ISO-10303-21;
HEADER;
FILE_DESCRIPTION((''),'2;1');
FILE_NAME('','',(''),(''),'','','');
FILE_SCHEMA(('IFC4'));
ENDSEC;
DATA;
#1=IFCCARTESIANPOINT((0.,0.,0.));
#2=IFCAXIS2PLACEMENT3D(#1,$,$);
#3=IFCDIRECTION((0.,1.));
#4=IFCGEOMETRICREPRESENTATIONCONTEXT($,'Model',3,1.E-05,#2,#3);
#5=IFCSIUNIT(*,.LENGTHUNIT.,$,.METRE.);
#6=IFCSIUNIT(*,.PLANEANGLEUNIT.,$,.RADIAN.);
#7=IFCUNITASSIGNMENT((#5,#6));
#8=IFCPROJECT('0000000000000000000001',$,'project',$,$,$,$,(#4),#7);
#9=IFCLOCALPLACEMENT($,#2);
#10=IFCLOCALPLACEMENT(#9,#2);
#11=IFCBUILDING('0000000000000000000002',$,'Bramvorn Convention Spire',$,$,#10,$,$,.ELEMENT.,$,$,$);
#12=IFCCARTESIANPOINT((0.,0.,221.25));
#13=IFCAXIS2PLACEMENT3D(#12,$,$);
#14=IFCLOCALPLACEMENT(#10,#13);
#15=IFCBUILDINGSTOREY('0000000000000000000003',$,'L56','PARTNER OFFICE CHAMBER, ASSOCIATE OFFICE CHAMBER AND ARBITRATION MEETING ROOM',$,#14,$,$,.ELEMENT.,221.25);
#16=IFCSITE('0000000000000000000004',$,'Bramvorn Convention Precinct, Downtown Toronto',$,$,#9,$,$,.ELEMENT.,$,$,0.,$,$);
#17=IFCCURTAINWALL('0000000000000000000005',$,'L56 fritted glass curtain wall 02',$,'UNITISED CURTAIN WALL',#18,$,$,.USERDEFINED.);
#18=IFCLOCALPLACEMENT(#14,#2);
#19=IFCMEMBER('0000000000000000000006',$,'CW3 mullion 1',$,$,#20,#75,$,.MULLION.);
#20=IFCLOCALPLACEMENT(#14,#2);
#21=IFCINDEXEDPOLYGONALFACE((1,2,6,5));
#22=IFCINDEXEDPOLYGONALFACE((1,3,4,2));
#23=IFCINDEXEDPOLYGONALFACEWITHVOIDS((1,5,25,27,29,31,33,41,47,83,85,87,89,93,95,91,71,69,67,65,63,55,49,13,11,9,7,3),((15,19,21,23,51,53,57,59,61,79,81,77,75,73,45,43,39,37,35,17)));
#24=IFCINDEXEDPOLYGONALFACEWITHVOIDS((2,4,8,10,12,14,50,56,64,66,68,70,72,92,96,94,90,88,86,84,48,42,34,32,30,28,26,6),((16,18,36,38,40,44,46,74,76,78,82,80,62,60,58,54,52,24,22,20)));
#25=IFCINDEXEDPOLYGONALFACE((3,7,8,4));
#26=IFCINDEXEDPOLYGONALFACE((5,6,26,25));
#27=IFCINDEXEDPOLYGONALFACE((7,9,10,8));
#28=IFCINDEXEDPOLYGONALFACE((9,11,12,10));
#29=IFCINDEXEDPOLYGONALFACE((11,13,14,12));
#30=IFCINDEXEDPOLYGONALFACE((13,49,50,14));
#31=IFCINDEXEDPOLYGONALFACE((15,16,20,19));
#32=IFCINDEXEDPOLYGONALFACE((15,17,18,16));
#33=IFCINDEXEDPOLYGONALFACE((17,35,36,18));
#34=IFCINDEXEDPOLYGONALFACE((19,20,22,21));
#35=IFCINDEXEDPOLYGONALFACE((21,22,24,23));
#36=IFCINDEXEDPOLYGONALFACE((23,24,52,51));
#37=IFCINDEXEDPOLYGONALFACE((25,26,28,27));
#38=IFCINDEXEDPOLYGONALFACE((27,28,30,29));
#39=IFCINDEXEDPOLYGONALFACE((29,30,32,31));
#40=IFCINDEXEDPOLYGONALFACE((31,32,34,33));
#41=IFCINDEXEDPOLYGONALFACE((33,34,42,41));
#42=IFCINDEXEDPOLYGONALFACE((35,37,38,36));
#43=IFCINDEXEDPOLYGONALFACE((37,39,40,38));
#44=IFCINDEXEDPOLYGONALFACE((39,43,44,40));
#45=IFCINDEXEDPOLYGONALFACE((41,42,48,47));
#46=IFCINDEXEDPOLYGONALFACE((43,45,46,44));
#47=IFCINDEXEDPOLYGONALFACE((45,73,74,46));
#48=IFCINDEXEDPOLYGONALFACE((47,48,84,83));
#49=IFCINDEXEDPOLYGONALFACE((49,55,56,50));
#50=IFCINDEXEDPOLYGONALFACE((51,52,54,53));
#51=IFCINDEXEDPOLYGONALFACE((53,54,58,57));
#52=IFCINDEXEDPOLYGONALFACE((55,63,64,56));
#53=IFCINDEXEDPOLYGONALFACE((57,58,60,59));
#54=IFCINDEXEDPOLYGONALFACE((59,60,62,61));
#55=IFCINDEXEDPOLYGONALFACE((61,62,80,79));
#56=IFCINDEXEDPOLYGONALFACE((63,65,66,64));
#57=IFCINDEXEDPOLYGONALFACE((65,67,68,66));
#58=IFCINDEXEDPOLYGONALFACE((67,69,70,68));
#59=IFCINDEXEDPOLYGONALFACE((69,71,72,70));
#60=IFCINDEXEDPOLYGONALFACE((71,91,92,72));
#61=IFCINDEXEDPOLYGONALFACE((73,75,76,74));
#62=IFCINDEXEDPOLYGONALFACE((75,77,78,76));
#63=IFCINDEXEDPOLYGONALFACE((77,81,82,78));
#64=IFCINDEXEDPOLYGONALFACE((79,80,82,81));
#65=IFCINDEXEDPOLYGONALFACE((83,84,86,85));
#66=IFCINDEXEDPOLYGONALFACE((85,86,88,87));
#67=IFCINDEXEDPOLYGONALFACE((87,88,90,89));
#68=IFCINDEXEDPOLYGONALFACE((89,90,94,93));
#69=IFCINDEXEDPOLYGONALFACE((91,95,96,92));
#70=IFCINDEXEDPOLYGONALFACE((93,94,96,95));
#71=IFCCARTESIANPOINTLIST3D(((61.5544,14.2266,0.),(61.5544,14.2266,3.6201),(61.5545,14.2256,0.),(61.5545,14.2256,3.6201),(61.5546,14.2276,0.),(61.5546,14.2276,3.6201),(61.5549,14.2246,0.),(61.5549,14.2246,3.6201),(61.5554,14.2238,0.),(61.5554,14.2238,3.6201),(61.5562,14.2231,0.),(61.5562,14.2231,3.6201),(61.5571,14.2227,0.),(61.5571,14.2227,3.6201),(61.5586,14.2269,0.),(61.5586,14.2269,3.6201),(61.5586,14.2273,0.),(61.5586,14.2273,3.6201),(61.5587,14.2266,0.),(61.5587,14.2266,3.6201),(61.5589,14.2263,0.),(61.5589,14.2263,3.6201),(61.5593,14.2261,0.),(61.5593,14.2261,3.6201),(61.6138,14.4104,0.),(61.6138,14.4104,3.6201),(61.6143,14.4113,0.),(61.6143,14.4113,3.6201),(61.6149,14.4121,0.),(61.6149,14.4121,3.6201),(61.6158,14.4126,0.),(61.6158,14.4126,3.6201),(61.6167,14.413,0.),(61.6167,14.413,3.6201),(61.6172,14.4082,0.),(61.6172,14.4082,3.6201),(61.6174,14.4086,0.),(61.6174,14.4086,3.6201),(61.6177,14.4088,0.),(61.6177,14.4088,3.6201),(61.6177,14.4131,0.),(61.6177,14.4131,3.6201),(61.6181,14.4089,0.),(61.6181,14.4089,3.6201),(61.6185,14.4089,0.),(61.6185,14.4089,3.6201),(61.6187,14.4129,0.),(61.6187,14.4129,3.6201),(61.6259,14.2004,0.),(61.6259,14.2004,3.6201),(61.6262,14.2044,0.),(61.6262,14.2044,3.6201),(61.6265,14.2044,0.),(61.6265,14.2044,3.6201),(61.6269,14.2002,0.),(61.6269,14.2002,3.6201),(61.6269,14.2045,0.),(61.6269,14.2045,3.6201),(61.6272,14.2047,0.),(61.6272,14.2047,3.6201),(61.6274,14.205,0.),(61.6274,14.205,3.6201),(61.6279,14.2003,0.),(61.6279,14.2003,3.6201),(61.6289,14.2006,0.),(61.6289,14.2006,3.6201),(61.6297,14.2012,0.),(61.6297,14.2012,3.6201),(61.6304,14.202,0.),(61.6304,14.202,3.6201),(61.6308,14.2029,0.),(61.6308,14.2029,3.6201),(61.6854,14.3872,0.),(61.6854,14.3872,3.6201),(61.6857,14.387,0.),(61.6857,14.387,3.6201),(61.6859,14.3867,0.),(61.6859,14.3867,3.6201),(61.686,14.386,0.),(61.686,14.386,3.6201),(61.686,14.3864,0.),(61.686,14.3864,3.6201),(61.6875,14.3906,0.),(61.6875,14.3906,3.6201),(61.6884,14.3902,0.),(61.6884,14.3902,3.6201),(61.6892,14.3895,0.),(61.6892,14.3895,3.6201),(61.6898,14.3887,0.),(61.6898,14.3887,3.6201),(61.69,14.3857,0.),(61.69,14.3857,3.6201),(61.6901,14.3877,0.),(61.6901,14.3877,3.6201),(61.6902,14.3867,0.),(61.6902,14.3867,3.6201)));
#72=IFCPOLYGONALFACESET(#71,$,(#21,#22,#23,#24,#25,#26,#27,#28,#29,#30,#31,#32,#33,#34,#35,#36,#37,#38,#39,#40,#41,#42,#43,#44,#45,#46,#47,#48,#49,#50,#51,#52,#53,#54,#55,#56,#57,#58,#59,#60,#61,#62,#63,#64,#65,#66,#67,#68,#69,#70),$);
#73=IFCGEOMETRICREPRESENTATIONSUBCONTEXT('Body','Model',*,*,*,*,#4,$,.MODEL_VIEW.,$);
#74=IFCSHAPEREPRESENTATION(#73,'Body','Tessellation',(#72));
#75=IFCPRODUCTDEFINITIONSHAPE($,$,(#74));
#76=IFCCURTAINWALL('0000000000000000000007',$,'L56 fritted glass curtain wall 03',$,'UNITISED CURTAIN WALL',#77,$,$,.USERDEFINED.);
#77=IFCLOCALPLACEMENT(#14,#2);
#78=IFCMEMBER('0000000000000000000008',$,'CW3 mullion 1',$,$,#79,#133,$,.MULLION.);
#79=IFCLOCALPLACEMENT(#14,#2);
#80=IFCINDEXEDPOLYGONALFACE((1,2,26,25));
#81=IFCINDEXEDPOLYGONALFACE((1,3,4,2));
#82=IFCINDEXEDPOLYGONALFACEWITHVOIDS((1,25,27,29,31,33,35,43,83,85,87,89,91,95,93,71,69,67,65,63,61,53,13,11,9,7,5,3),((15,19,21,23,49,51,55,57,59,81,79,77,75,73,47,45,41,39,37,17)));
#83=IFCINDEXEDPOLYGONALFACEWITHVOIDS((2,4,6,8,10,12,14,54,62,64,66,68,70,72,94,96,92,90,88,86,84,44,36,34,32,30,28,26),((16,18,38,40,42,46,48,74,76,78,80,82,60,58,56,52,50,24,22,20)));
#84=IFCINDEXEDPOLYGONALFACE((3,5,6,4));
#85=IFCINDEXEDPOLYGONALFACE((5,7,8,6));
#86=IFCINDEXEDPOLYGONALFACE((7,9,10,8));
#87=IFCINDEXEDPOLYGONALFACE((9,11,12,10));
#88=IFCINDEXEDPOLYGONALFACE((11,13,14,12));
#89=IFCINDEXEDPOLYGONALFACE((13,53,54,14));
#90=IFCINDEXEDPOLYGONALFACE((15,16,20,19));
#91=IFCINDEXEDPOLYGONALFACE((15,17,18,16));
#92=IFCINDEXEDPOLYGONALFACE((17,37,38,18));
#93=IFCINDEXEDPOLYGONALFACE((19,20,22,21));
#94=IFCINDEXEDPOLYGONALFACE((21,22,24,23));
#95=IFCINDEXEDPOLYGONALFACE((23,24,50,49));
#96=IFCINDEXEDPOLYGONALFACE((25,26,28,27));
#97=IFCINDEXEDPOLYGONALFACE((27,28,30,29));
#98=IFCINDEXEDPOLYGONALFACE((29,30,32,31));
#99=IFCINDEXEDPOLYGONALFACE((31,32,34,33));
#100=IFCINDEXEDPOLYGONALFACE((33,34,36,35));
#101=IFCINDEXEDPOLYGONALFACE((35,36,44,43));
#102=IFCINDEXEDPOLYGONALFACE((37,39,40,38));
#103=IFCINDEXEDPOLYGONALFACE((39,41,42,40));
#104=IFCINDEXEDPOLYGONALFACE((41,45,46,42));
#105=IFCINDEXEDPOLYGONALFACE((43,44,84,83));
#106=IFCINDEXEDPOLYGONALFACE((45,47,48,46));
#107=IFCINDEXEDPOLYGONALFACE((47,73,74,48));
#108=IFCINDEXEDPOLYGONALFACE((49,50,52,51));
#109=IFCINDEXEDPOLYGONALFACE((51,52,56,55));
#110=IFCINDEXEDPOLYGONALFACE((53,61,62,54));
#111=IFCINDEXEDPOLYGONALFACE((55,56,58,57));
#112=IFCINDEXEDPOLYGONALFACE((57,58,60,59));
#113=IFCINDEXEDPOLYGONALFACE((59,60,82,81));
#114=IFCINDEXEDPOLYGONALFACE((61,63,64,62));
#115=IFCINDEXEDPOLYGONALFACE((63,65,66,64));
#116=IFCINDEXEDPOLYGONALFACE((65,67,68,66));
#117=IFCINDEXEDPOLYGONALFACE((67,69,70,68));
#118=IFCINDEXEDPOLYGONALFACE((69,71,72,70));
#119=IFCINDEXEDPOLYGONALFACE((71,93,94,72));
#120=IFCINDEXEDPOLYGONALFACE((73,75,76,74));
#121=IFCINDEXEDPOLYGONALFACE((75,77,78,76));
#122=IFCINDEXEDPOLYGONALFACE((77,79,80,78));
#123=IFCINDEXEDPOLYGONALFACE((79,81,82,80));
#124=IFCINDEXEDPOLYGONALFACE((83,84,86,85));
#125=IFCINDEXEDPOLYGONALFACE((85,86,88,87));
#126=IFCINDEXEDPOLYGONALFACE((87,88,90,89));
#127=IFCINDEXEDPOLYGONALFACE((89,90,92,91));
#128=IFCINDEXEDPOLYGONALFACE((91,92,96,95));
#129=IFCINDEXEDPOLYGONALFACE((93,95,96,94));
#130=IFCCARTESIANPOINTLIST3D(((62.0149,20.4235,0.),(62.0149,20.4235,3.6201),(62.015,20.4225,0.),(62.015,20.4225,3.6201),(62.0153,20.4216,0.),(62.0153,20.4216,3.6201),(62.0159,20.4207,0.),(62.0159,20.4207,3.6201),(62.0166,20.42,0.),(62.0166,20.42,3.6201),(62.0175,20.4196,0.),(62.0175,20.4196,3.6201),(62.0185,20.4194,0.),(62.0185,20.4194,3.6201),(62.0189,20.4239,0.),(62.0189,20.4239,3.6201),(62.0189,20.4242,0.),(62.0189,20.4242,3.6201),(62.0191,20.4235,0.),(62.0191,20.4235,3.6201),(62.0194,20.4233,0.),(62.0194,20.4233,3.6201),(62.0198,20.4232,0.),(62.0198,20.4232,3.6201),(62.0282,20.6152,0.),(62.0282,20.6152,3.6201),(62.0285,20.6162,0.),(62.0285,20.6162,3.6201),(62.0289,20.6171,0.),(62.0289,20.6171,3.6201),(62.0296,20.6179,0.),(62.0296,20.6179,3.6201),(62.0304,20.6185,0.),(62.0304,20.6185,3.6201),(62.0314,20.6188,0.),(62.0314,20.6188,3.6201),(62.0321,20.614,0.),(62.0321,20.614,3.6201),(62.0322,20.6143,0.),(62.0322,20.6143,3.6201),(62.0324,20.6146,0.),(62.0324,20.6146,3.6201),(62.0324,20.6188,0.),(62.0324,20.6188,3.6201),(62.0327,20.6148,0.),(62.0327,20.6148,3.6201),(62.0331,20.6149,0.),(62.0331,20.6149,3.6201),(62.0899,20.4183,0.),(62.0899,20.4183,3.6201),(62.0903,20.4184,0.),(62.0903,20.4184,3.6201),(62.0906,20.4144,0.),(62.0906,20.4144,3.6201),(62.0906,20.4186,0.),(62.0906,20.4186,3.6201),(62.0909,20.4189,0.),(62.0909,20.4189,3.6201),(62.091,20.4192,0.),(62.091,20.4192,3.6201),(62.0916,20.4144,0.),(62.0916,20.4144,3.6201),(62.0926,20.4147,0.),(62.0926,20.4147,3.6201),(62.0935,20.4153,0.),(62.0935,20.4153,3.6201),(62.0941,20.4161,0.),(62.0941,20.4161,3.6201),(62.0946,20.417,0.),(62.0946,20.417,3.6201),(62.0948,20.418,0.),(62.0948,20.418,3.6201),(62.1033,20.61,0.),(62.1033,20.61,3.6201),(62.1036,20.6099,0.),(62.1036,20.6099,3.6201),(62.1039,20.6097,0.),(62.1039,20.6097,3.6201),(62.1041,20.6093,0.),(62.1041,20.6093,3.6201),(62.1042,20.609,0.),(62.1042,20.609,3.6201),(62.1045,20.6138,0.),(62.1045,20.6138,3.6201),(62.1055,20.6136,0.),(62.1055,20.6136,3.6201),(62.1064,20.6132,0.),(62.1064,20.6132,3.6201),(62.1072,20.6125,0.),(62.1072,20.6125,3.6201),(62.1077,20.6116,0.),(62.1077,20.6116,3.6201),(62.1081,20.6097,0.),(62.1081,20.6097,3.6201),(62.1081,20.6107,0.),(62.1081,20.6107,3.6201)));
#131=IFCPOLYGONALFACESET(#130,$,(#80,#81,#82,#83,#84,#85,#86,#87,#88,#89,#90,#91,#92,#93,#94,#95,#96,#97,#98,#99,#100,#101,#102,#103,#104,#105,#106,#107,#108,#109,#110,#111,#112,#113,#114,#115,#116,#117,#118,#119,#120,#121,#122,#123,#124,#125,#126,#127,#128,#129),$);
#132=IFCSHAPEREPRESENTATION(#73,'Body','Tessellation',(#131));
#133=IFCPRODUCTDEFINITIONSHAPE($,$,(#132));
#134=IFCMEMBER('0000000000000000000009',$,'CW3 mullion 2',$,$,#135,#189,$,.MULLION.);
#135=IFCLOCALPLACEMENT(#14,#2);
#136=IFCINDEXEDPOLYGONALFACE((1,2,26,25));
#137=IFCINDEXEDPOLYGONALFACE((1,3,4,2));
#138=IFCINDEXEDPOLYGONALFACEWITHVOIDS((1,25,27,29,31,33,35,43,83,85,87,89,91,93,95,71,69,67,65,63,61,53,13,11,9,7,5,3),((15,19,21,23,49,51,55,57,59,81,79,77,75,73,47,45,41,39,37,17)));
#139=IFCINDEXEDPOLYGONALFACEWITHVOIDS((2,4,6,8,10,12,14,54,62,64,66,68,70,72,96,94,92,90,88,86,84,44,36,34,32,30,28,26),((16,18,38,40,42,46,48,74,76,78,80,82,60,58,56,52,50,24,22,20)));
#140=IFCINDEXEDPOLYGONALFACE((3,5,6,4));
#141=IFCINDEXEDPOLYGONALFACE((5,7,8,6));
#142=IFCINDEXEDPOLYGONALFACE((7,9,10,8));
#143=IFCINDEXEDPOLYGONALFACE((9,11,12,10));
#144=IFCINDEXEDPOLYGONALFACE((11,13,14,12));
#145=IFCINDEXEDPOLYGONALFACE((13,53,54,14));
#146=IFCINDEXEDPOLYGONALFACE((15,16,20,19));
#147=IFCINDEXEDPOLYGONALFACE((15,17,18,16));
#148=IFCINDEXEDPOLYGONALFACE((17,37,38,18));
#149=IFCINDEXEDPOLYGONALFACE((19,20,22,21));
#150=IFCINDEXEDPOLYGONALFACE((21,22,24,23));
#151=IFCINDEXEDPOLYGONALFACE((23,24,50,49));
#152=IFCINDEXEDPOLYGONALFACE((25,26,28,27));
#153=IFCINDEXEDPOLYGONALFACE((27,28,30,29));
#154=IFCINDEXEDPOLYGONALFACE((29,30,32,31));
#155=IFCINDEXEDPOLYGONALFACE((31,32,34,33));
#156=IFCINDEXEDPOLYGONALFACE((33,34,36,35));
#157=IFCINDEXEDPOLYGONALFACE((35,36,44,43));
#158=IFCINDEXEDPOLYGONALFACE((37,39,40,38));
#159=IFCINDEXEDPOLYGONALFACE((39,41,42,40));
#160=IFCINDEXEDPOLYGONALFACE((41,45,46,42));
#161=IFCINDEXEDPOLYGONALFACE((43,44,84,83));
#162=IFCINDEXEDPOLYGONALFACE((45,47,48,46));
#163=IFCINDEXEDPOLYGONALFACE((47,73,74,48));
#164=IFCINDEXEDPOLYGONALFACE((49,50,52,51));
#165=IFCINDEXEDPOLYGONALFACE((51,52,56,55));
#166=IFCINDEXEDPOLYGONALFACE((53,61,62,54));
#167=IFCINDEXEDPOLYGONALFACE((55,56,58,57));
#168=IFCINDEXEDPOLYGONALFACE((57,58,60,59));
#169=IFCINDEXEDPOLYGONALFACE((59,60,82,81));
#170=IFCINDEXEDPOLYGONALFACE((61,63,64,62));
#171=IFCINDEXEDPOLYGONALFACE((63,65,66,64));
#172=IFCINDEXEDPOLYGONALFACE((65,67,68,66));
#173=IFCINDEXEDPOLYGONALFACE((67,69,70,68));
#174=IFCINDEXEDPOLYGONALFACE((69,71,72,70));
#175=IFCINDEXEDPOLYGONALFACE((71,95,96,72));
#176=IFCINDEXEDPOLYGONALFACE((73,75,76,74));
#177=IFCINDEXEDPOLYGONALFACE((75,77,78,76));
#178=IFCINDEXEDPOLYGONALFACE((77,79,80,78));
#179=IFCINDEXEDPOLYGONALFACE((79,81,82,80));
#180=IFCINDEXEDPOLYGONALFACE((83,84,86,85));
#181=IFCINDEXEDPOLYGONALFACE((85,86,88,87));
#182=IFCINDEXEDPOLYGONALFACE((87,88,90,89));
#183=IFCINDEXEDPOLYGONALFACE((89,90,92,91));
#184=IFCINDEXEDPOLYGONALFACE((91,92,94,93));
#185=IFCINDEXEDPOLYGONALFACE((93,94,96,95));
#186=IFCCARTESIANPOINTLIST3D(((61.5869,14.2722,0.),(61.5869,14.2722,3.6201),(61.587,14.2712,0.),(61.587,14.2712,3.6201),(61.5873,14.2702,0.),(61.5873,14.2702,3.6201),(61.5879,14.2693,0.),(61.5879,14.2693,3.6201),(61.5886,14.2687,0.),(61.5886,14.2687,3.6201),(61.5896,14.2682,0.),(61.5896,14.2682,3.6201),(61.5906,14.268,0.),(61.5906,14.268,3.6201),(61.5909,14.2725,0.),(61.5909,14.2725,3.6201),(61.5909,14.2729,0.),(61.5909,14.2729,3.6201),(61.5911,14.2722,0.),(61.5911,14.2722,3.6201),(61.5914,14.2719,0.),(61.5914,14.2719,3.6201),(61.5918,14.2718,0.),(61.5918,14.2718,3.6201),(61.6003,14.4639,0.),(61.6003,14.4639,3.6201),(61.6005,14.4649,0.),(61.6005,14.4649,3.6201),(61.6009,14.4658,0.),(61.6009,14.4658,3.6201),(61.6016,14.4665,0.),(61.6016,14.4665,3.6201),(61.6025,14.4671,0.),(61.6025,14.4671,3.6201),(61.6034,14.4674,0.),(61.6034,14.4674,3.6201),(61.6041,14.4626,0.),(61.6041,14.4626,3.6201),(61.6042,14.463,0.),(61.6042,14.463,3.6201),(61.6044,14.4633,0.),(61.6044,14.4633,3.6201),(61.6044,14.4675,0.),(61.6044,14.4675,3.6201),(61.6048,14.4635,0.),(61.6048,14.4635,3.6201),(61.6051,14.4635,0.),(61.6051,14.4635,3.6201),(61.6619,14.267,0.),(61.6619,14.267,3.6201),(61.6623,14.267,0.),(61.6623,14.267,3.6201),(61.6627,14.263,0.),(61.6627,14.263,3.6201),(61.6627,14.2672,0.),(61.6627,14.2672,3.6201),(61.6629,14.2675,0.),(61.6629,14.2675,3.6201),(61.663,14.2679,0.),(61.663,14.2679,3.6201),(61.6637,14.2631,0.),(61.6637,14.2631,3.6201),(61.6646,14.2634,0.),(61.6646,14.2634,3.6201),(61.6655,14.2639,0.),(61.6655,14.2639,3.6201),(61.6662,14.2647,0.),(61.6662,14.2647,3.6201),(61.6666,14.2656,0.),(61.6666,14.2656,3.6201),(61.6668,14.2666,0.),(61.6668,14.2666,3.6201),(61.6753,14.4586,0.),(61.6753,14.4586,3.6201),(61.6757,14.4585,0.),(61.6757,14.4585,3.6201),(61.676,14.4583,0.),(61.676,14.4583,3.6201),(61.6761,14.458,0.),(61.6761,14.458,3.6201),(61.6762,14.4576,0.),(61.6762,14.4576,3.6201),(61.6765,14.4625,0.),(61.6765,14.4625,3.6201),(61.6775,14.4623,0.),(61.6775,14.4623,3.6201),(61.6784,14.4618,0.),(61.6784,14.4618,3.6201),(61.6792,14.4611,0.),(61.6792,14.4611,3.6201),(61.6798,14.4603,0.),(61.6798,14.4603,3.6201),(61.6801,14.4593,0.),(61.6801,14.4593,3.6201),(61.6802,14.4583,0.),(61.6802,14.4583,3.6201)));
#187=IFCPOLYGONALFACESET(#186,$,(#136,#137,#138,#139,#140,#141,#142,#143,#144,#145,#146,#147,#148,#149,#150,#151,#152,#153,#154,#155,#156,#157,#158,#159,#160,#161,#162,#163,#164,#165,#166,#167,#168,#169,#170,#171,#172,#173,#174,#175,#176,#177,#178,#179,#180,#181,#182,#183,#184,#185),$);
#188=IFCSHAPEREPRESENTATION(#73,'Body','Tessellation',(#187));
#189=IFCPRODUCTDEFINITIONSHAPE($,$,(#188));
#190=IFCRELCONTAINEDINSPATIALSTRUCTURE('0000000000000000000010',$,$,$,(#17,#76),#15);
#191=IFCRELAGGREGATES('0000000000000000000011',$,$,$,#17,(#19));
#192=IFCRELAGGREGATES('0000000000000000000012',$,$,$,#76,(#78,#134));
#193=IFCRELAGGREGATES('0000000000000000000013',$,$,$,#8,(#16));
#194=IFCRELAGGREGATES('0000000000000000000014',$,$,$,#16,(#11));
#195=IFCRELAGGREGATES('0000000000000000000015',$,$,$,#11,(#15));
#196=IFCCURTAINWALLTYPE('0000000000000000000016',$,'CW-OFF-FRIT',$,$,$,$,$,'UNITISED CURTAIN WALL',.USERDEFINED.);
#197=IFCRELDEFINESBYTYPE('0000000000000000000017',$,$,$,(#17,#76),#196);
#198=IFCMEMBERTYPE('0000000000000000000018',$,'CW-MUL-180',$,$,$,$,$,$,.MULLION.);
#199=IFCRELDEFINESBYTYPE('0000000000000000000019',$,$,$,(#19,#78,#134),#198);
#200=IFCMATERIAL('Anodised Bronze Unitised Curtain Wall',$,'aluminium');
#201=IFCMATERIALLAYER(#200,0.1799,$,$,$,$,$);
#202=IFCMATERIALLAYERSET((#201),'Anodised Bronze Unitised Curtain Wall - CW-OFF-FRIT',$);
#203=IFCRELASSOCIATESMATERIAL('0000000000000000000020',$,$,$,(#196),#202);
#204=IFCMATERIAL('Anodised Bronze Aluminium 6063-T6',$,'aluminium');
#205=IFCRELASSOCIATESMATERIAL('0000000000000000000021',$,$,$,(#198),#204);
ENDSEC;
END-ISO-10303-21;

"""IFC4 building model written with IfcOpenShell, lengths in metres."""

from ifc_helpers import new_model, si_unit, direction, frame, origin, origin_2d, place, context, subcontext, project, spatial, hollow_rectangle, extrude, material, layer, layer_set, material_profile, profile_set, type_object, element, aggregate, save


model = new_model("IFC4")

# Units and contexts
model_context = context("Model", 3, precision=1e-05, world=origin(), true_north=direction((0.0, 1.0)))
body_context = subcontext(model_context, "Body", "Model", "MODEL_VIEW")
ifc_project = project(units=[si_unit("LENGTHUNIT", "METRE"), si_unit("PLANEANGLEUNIT", "RADIAN")], contexts=[model_context])

# Site, building, storey
site_placement = place(None, origin())
site = spatial("IfcSite", under=ifc_project, at=site_placement, Name="Bramvorn Convention Precinct, Downtown Toronto", CompositionType="ELEMENT", RefElevation=0.0)
building_placement = place(site_placement, origin())
building = spatial("IfcBuilding", under=site, at=building_placement, Name="Bramvorn Convention Spire", CompositionType="ELEMENT")
storey_placement = place(building_placement, frame((0.0, 0.0, 221.25)))
storey = spatial("IfcBuildingStorey", under=building, at=storey_placement, Name="L56", Description="PARTNER OFFICE CHAMBER, ASSOCIATE OFFICE CHAMBER AND ARBITRATION MEETING ROOM", CompositionType="ELEMENT", Elevation=221.25)

# Curtain wall, member
ifc_material_1 = material(Name="Anodised Bronze Unitised Curtain Wall", Category="aluminium")
ifc_layer_1 = layer(ifc_material_1, 0.1799)
ifc_layer_set_1 = layer_set([ifc_layer_1], Name="Anodised Bronze Unitised Curtain Wall - CW-OFF-FRIT")
curtain_wall_type = type_object("IfcCurtainWallType", Name="CW-OFF-FRIT", ElementType="UNITISED CURTAIN WALL", PredefinedType="USERDEFINED", material=ifc_layer_set_1)
curtain_wall_1_placement = place(storey_placement, origin())
curtain_wall_1 = element("IfcCurtainWall", 1, at=curtain_wall_1_placement, inside=storey, type_object=curtain_wall_type, Name="L56 fritted glass curtain wall 02", ObjectType="UNITISED CURTAIN WALL", PredefinedType="USERDEFINED")
ifc_material_2 = material(Name="Anodised Bronze Aluminium 6063-T6", Category="aluminium")
ifc_material_profile_1 = material_profile(ifc_material_2, hollow_rectangle(XDim=0.0801, YDim=0.2, WallThickness=0.0039, InnerFilletRadius=0.001, OuterFilletRadius=0.0039, at=origin_2d()))
ifc_profile_set_1 = profile_set([ifc_material_profile_1], Name="Anodised Bronze Aluminium 6063-T6 - CWM80X200")
member_type_1 = type_object("IfcMemberType", Name="CW-MUL-180", PredefinedType="MULLION", material=ifc_profile_set_1)
member_1_placement = place(storey_placement, frame((61.6223, 14.3066, 0.0), z_axis=(0.0, 0.0, 1.0), x_axis=(0.95135, -0.308113, 0.0)))
member_1 = element("IfcMember", 2, at=member_1_placement, type_object=member_type_1, Name="CW3 mullion 1", PredefinedType="MULLION", context=body_context, shape_type="SweptSolid", body=[
    extrude(hollow_rectangle(XDim=0.0801, YDim=0.2, WallThickness=0.0039, InnerFilletRadius=0.001, OuterFilletRadius=0.0039, at=origin_2d()), origin(), (0.0, 0.0, 1.0), 3.6201),
])

# Curtain wall, members
curtain_wall_2_placement = place(storey_placement, origin())
curtain_wall_2 = element("IfcCurtainWall", 3, at=curtain_wall_2_placement, inside=storey, type_object=curtain_wall_type, Name="L56 fritted glass curtain wall 03", ObjectType="UNITISED CURTAIN WALL", PredefinedType="USERDEFINED")
member_2_placement = place(storey_placement, frame((62.0615, 20.5166, 0.0), z_axis=(0.0, 0.0, 1.0), x_axis=(0.997589, -0.069399, 0.0)))
member_2 = element("IfcMember", 4, at=member_2_placement, type_object=member_type_1, Name="CW3 mullion 1", PredefinedType="MULLION", context=body_context, shape_type="SweptSolid", body=[
    extrude(hollow_rectangle(XDim=0.0801, YDim=0.2, WallThickness=0.0039, InnerFilletRadius=0.001, OuterFilletRadius=0.0039, at=origin_2d()), origin(), (0.0, 0.0, 1.0), 3.6201),
])
member_3_placement = place(storey_placement, frame((61.6335, 14.3652, 0.0), z_axis=(0.0, 0.0, 1.0), x_axis=(0.997589, -0.069399, 0.0)))
member_3 = element("IfcMember", 5, at=member_3_placement, type_object=member_type_1, Name="CW3 mullion 2", PredefinedType="MULLION", context=body_context, shape_type="SweptSolid", body=[
    extrude(hollow_rectangle(XDim=0.0801, YDim=0.2, WallThickness=0.0039, InnerFilletRadius=0.001, OuterFilletRadius=0.0039, at=origin_2d()), origin(), (0.0, 0.0, 1.0), 3.6201),
])

aggregate(curtain_wall_1, [member_1])

aggregate(curtain_wall_2, [member_2, member_3])

save(model, "model.ifc")
